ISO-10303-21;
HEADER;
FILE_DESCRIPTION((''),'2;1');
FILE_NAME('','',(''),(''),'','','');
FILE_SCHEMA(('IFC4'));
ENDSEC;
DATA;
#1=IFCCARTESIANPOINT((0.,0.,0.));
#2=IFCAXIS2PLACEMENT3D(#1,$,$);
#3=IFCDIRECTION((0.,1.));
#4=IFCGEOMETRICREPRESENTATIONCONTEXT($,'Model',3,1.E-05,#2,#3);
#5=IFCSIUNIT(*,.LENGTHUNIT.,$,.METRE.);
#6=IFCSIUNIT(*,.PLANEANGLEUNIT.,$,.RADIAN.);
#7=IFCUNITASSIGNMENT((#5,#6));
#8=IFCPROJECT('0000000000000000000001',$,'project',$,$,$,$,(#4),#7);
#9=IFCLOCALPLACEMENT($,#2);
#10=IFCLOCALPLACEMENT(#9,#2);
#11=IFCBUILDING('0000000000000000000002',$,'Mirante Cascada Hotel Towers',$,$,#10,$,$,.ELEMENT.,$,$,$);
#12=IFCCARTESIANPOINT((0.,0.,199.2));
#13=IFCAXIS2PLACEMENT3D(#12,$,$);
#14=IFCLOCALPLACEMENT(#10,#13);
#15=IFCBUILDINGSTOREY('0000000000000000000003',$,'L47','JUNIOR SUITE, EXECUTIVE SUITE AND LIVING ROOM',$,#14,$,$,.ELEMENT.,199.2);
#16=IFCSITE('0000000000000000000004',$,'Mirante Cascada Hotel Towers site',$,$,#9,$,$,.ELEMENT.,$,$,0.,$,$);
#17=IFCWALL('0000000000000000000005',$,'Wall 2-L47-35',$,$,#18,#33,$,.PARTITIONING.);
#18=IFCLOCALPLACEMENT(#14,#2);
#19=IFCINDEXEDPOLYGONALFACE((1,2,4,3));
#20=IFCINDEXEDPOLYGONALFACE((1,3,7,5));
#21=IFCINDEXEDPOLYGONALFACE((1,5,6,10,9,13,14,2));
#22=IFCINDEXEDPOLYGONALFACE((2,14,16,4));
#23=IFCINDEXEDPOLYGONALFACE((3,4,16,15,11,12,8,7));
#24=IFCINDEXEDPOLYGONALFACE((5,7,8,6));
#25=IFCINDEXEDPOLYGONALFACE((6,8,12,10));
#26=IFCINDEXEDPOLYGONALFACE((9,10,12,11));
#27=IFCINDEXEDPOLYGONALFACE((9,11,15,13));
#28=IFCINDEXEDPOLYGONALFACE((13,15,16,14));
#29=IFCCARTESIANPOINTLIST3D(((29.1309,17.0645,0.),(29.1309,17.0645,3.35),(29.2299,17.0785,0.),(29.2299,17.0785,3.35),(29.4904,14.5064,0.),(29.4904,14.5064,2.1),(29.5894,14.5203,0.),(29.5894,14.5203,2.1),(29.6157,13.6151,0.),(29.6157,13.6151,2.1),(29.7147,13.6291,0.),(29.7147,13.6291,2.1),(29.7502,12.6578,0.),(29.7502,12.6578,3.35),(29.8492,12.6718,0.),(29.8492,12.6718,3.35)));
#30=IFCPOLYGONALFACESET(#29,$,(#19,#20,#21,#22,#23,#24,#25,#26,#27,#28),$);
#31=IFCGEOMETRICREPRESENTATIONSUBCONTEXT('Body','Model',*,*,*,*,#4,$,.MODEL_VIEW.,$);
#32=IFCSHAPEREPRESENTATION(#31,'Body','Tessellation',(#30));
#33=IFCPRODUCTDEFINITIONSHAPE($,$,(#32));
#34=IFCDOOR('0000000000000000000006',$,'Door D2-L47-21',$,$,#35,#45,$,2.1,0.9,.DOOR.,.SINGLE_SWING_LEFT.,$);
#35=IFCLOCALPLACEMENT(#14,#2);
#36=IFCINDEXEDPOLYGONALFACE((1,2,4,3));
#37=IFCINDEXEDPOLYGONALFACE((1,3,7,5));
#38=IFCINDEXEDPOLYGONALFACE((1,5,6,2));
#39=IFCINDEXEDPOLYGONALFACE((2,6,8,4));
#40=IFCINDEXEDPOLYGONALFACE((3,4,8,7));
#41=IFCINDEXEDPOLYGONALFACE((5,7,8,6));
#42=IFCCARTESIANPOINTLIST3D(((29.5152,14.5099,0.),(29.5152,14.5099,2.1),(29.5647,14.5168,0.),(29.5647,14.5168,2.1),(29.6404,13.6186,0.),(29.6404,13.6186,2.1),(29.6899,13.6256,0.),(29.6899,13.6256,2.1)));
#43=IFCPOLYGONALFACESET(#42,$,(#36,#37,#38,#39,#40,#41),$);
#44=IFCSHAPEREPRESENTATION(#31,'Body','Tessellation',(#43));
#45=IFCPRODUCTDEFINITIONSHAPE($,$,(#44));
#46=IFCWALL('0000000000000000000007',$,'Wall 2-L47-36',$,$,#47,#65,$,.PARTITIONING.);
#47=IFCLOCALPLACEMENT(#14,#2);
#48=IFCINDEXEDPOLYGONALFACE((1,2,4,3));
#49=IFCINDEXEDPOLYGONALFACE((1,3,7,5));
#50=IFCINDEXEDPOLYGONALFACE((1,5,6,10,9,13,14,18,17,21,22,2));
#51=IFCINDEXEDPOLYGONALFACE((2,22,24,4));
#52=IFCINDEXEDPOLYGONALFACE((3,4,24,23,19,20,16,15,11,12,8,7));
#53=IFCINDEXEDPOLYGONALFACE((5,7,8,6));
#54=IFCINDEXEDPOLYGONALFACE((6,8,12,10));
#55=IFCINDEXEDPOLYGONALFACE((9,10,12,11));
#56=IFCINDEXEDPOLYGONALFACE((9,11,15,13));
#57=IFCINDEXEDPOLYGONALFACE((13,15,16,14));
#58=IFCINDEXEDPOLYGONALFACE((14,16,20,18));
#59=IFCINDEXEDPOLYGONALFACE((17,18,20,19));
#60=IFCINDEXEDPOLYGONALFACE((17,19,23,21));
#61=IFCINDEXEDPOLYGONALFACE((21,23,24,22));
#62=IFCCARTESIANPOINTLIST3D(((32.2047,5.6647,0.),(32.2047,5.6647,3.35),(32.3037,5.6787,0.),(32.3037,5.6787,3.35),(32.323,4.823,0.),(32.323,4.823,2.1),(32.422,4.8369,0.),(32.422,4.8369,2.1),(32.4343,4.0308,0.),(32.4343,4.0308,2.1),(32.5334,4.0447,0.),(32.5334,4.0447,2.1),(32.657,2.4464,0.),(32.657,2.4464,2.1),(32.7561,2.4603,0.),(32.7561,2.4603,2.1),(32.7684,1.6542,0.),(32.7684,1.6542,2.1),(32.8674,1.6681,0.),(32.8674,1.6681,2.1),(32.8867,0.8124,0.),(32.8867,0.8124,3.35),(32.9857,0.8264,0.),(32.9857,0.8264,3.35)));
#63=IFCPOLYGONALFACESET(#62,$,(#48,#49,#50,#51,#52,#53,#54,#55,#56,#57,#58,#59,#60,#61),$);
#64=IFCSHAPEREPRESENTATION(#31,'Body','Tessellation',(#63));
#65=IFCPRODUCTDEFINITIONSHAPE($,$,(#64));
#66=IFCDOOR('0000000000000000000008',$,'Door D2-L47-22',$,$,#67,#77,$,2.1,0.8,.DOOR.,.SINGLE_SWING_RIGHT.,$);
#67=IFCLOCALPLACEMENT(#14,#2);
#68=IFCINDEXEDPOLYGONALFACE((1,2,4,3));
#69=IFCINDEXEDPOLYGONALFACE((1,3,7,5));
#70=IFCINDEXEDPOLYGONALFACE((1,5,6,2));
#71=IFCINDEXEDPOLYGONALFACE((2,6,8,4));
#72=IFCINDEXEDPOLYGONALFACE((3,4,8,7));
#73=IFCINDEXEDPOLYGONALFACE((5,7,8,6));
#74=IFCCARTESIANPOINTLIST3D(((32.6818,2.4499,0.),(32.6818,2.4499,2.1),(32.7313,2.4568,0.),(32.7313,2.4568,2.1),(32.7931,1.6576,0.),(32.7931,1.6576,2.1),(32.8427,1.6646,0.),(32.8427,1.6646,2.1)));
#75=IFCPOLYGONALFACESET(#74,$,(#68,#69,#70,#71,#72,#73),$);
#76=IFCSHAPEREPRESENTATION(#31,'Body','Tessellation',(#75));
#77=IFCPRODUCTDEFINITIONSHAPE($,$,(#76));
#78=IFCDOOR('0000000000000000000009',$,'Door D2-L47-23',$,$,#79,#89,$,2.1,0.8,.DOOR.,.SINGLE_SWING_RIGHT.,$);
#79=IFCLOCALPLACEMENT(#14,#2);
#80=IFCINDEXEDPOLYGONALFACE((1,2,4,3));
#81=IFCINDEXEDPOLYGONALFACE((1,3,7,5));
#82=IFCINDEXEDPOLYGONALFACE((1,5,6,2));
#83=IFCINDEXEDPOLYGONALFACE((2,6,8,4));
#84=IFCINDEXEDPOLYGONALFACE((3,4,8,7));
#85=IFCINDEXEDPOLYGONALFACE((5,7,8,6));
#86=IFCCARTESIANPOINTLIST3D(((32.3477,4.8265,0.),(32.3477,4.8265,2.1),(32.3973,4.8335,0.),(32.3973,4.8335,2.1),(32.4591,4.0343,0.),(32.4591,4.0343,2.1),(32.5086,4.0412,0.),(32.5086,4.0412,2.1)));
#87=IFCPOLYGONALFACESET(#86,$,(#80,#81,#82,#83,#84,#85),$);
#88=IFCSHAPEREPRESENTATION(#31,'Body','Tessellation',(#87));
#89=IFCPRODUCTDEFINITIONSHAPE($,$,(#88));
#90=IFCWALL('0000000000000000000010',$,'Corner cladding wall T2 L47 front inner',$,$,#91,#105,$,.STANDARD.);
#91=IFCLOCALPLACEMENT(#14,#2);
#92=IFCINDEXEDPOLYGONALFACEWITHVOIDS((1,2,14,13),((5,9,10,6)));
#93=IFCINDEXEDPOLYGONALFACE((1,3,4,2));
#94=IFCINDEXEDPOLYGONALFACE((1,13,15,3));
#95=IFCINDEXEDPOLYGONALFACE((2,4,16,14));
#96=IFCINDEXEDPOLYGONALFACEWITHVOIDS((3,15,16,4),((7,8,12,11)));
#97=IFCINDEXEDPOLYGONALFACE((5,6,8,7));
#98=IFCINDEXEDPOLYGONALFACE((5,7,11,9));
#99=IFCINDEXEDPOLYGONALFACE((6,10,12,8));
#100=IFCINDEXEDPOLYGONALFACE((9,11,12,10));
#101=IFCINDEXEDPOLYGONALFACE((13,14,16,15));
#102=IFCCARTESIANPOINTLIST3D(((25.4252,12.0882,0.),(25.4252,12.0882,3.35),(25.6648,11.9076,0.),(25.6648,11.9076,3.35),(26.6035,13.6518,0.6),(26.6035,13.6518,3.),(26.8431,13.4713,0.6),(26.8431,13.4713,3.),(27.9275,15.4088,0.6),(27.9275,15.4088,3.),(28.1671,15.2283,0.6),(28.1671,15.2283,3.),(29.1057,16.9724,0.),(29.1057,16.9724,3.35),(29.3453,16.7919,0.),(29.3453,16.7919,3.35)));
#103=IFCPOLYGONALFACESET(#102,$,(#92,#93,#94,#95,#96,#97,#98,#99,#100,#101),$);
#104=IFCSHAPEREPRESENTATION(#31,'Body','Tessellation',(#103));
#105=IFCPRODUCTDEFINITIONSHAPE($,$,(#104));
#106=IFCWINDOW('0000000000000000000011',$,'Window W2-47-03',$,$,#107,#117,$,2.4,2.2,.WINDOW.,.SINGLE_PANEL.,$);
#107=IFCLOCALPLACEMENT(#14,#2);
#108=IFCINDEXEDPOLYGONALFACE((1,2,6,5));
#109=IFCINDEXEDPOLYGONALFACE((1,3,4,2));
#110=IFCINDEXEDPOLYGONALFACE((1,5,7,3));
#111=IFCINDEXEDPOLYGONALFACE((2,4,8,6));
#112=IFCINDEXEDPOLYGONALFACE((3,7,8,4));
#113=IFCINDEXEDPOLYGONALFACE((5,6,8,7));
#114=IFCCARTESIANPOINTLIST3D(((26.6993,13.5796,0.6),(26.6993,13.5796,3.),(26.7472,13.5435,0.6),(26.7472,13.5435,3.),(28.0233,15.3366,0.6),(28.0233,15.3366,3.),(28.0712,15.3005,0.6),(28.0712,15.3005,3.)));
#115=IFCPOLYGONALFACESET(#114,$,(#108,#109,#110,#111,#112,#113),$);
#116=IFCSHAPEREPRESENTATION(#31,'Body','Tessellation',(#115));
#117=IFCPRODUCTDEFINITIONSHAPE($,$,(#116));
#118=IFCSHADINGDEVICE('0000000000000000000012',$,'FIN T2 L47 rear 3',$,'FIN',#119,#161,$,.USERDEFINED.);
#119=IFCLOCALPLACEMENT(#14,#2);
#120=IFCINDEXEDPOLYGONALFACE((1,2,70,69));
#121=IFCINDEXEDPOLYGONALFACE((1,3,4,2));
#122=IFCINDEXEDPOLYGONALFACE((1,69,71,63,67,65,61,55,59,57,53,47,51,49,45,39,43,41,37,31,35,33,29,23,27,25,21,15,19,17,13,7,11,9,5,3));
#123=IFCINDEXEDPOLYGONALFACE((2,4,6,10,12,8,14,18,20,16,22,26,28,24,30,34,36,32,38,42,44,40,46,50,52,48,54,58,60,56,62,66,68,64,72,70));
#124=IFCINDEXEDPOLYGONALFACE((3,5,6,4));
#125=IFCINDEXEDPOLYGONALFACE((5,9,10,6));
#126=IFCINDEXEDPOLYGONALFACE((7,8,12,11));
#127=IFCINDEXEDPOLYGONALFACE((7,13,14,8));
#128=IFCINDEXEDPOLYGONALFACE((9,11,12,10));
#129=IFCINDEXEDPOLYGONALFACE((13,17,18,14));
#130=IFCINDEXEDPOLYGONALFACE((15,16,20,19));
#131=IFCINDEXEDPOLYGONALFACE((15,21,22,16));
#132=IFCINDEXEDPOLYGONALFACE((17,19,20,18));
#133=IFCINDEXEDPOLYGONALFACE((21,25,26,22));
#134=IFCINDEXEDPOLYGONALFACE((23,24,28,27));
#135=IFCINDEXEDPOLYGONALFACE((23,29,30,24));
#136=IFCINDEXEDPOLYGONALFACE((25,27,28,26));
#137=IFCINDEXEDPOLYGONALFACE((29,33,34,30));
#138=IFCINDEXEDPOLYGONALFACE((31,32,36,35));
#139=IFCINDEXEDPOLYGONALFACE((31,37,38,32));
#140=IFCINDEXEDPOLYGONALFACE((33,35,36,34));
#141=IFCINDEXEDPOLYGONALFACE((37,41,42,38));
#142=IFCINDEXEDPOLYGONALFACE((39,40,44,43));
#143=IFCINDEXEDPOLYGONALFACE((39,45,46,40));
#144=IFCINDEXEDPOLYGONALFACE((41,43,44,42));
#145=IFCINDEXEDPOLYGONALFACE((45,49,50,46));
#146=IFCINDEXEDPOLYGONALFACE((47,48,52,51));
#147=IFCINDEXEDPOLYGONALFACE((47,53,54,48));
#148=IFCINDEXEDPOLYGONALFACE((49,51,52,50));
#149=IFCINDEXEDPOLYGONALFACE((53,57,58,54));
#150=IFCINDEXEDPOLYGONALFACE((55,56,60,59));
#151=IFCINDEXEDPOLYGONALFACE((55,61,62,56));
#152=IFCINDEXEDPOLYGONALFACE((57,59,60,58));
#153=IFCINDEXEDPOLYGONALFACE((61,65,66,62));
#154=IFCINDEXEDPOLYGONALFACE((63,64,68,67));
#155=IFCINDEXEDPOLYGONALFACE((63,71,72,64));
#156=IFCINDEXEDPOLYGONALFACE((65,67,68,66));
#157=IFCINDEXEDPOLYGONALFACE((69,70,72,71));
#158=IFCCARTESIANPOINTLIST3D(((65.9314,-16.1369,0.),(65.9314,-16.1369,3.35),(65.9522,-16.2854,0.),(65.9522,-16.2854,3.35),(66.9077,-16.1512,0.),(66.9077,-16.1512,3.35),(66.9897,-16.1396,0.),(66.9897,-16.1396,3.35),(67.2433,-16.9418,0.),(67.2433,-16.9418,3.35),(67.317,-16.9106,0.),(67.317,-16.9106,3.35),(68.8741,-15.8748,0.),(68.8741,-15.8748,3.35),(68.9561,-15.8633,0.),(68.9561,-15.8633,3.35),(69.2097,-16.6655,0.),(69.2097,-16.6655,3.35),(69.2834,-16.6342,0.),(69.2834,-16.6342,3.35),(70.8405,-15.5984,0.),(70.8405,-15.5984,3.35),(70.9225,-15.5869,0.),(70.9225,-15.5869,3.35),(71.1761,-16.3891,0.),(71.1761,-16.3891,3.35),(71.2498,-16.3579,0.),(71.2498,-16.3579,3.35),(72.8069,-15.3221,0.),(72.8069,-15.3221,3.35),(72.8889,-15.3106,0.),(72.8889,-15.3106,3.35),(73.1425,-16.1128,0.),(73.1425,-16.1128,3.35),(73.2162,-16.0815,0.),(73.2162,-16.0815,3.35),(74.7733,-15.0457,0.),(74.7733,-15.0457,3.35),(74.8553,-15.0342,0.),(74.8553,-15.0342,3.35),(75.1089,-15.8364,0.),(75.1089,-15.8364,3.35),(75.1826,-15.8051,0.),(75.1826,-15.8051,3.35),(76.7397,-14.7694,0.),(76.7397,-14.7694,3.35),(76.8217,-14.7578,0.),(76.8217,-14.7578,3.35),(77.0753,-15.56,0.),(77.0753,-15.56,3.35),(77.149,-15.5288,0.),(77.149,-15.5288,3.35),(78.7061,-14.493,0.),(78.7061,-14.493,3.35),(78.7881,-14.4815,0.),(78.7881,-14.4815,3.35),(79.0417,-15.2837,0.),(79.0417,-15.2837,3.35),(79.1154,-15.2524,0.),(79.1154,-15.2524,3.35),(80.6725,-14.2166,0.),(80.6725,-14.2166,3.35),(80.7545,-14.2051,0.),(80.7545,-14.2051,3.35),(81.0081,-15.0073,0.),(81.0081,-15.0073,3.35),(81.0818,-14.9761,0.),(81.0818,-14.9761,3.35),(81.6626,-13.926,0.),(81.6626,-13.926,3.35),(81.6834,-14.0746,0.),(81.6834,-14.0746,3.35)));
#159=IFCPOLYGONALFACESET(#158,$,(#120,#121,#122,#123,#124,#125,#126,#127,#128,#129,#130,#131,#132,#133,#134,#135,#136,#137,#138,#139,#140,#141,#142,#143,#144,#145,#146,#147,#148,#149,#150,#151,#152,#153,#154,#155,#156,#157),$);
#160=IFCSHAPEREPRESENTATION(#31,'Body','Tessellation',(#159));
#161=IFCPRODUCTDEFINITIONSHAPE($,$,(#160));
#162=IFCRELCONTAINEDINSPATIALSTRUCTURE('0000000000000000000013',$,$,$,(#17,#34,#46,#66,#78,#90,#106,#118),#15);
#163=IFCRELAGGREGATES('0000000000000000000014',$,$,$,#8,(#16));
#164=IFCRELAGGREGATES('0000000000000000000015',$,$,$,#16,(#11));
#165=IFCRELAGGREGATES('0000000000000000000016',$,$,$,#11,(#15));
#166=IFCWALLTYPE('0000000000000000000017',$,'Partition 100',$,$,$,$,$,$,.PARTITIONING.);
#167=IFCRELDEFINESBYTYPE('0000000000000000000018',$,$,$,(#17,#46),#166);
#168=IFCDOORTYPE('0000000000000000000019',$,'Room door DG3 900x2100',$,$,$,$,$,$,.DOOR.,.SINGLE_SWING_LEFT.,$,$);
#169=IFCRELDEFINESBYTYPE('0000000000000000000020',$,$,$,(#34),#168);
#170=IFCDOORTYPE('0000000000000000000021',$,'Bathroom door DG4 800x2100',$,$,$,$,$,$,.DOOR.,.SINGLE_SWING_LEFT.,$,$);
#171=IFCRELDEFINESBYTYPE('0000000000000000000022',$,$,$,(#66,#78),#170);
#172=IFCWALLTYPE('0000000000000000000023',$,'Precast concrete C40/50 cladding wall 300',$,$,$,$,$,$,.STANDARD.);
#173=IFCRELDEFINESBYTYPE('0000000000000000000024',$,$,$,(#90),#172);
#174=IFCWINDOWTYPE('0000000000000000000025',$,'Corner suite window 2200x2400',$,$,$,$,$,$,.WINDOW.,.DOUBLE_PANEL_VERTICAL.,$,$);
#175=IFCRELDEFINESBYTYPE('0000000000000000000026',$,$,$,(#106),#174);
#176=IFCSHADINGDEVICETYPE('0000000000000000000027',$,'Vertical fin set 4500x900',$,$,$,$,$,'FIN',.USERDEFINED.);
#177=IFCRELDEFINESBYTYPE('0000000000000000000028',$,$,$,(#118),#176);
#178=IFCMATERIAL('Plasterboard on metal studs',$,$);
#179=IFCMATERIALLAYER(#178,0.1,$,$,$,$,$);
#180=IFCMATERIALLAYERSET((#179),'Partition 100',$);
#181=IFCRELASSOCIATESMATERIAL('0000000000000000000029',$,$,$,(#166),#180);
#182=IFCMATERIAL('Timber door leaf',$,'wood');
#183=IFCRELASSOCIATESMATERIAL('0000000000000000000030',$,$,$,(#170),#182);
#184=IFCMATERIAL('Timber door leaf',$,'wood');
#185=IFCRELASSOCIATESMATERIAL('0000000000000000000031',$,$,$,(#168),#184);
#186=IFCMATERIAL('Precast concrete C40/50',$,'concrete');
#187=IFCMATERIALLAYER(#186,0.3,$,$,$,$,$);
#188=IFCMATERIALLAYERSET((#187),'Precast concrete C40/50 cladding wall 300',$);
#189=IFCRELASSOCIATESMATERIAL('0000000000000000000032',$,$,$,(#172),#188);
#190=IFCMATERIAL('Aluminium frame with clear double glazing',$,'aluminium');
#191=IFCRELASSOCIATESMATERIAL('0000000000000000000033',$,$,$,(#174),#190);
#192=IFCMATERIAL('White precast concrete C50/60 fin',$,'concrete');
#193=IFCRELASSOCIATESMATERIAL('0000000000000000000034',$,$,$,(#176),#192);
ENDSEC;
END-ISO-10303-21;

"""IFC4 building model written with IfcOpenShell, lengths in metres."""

from ifc_helpers import new_model, si_unit, direction, frame, frame_2d, origin, place, context, subcontext, project, spatial, polyline, rectangle, outline, extrude, material, layer, layer_set, type_object, element, fill, save


model = new_model("IFC4")

# Units and contexts
model_context = context("Model", 3, precision=1e-05, world=origin(), true_north=direction((0.0, 1.0)))
body_context = subcontext(model_context, "Body", "Model", "MODEL_VIEW")
ifc_project = project(units=[si_unit("LENGTHUNIT", "METRE"), si_unit("PLANEANGLEUNIT", "RADIAN")], contexts=[model_context])

# Site, building, storey
site_placement = place(None, origin())
site = spatial("IfcSite", under=ifc_project, at=site_placement, Name="Mirante Cascada Hotel Towers site", CompositionType="ELEMENT", RefElevation=0.0)
building_placement = place(site_placement, origin())
building = spatial("IfcBuilding", under=site, at=building_placement, Name="Mirante Cascada Hotel Towers", CompositionType="ELEMENT")
storey_placement = place(building_placement, frame((0.0, 0.0, 199.2)))
storey = spatial("IfcBuildingStorey", under=building, at=storey_placement, Name="L47", Description="JUNIOR SUITE, EXECUTIVE SUITE AND LIVING ROOM", CompositionType="ELEMENT", Elevation=199.2)

# Shared definitions
ifc_material_1 = material(Name="Plasterboard on metal studs")
ifc_layer_1 = layer(ifc_material_1, 0.1)
ifc_layer_set_1 = layer_set([ifc_layer_1], Name="Partition 100")
wall_type_1 = type_object("IfcWallType", Name="Partition 100", PredefinedType="PARTITIONING", material=ifc_layer_set_1)

# Shared definitions
ifc_material_2 = material(Name="Timber door leaf", Category="wood")
door_type_1 = type_object("IfcDoorType", Name="Bathroom door DG4 800x2100", OperationType="SINGLE_SWING_LEFT", PredefinedType="DOOR", material=ifc_material_2)

# Wall, opening, door
wall_1_placement = place(storey_placement, frame((29.1804, 17.0715, 0.0), z_axis=(0.0, 0.0, 1.0), x_axis=(0.139168, -0.990269, 0.0)))
wall_1 = element("IfcWall", 1, at=wall_1_placement, inside=storey, type_object=wall_type_1, Name="Wall 2-L47-35", PredefinedType="PARTITIONING", context=body_context, shape_type="SweptSolid", body=[
    extrude(rectangle(XDim=4.45, YDim=0.1, at=frame_2d((2.225, 0.0))), origin(), (0.0, 0.0, 1.0), 3.35),
])
opening_1_placement = place(wall_1_placement, frame((2.5833, 0.0, 0.0)))
opening_1 = element("IfcOpeningElement", 2, at=opening_1_placement, cuts=wall_1, PredefinedType="OPENING", context=body_context, shape_type="SweptSolid", body=[
    extrude(rectangle(XDim=0.9, YDim=2.1, at=frame_2d((0.45, 1.05))), frame((0.0, 0.05, 0.0), z_axis=(0.0, -1.0, 0.0), x_axis=(1.0, 0.0, 0.0)), (0.0, 0.0, 1.0), 0.1),
])
ifc_material_3 = material(Name="Timber door leaf", Category="wood")
door_type_2 = type_object("IfcDoorType", Name="Room door DG3 900x2100", OperationType="SINGLE_SWING_LEFT", PredefinedType="DOOR", material=ifc_material_3)
door_1_placement = place(opening_1_placement, origin())
door_1 = element("IfcDoor", 3, at=door_1_placement, inside=storey, type_object=door_type_2, Name="Door D2-L47-21", OperationType="SINGLE_SWING_LEFT", OverallHeight=2.1, OverallWidth=0.9, PredefinedType="DOOR", context=body_context, shape_type="SweptSolid", body=[
    extrude(rectangle(XDim=0.9, YDim=2.1, at=frame_2d((0.45, 1.05))), frame((0.0, 0.025, 0.0), z_axis=(0.0, -1.0, 0.0), x_axis=(1.0, 0.0, 0.0)), (0.0, 0.0, 1.0), 0.05),
])
fill(opening_1, door_1)

# Wall, openings, doors
wall_2_placement = place(storey_placement, frame((32.9362, 0.8194, 0.0), z_axis=(0.0, 0.0, 1.0), x_axis=(-0.139184, 0.990267, 0.0)))
wall_2 = element("IfcWall", 4, at=wall_2_placement, inside=storey, type_object=wall_type_1, Name="Wall 2-L47-36", PredefinedType="PARTITIONING", context=body_context, shape_type="SweptSolid", body=[
    extrude(rectangle(XDim=4.9, YDim=0.1, at=frame_2d((2.45, 0.0))), origin(), (0.0, 0.0, 1.0), 3.35),
])
opening_2_placement = place(wall_2_placement, frame((0.85, 0.0, 0.0)))
opening_2 = element("IfcOpeningElement", 5, at=opening_2_placement, cuts=wall_2, PredefinedType="OPENING", context=body_context, shape_type="SweptSolid", body=[
    extrude(rectangle(XDim=0.8, YDim=2.1, at=frame_2d((0.4, 1.05))), frame((0.0, 0.05, 0.0), z_axis=(0.0, -1.0, 0.0), x_axis=(1.0, 0.0, 0.0)), (0.0, 0.0, 1.0), 0.1),
])
opening_3_placement = place(wall_2_placement, frame((3.25, 0.0, 0.0)))
opening_3 = element("IfcOpeningElement", 6, at=opening_3_placement, cuts=wall_2, PredefinedType="OPENING", context=body_context, shape_type="SweptSolid", body=[
    extrude(rectangle(XDim=0.8, YDim=2.1, at=frame_2d((0.4, 1.05))), frame((0.0, 0.05, 0.0), z_axis=(0.0, -1.0, 0.0), x_axis=(1.0, 0.0, 0.0)), (0.0, 0.0, 1.0), 0.1),
])
door_2_placement = place(opening_2_placement, frame((0.8, 0.0, 0.0), z_axis=(0.0, 0.0, 1.0), x_axis=(-1.0, 0.0, 0.0)))
door_2 = element("IfcDoor", 7, at=door_2_placement, inside=storey, type_object=door_type_1, Name="Door D2-L47-22", OperationType="SINGLE_SWING_RIGHT", OverallHeight=2.1, OverallWidth=0.8, PredefinedType="DOOR", context=body_context, shape_type="SweptSolid", body=[
    extrude(rectangle(XDim=0.8, YDim=2.1, at=frame_2d((0.4, 1.05))), frame((0.0, 0.025, 0.0), z_axis=(0.0, -1.0, 0.0), x_axis=(1.0, 0.0, 0.0)), (0.0, 0.0, 1.0), 0.05),
])
fill(opening_2, door_2)
door_3_placement = place(opening_3_placement, frame((0.8, 0.0, 0.0), z_axis=(0.0, 0.0, 1.0), x_axis=(-1.0, 0.0, 0.0)))
door_3 = element("IfcDoor", 8, at=door_3_placement, inside=storey, type_object=door_type_1, Name="Door D2-L47-23", OperationType="SINGLE_SWING_RIGHT", OverallHeight=2.1, OverallWidth=0.8, PredefinedType="DOOR", context=body_context, shape_type="SweptSolid", body=[
    extrude(rectangle(XDim=0.8, YDim=2.1, at=frame_2d((0.4, 1.05))), frame((0.0, 0.025, 0.0), z_axis=(0.0, -1.0, 0.0), x_axis=(1.0, 0.0, 0.0)), (0.0, 0.0, 1.0), 0.05),
])
fill(opening_3, door_3)

# Wall, opening, window
ifc_material_4 = material(Name="Precast concrete C40/50", Category="concrete")
ifc_layer_2 = layer(ifc_material_4, 0.3)
ifc_layer_set_2 = layer_set([ifc_layer_2], Name="Precast concrete C40/50 cladding wall 300")
wall_type_2 = type_object("IfcWallType", Name="Precast concrete C40/50 cladding wall 300", PredefinedType="STANDARD", material=ifc_layer_set_2)
wall_3_placement = place(storey_placement, frame((29.2255, 16.8821, 0.0), z_axis=(0.0, 0.0, 1.0), x_axis=(-0.601814, -0.798636, 0.0)))
wall_3 = element("IfcWall", 9, at=wall_3_placement, inside=storey, type_object=wall_type_2, Name="Corner cladding wall T2 L47 front inner", PredefinedType="STANDARD", context=body_context, shape_type="SweptSolid", body=[
    extrude(rectangle(XDim=6.1157, YDim=0.3, at=frame_2d((3.0578, 0.0))), origin(), (0.0, 0.0, 1.0), 3.35),
])
opening_4_placement = place(wall_3_placement, frame((1.9578, 0.0, 0.6)))
opening_4 = element("IfcOpeningElement", 10, at=opening_4_placement, cuts=wall_3, PredefinedType="OPENING", context=body_context, shape_type="SweptSolid", body=[
    extrude(rectangle(XDim=2.2, YDim=2.4, at=frame_2d((1.1, 1.2))), frame((0.0, 0.15, 0.0), z_axis=(0.0, -1.0, 0.0), x_axis=(1.0, 0.0, 0.0)), (0.0, 0.0, 1.0), 0.3),
])
ifc_material_5 = material(Name="Aluminium frame with clear double glazing", Category="aluminium")
window_type = type_object("IfcWindowType", Name="Corner suite window 2200x2400", PartitioningType="DOUBLE_PANEL_VERTICAL", PredefinedType="WINDOW", material=ifc_material_5)
window_placement = place(opening_4_placement, origin())
window = element("IfcWindow", 11, at=window_placement, inside=storey, type_object=window_type, Name="Window W2-47-03", OverallHeight=2.4, OverallWidth=2.2, PartitioningType="SINGLE_PANEL", PredefinedType="WINDOW", context=body_context, shape_type="SweptSolid", body=[
    extrude(rectangle(XDim=2.2, YDim=2.4, at=frame_2d((1.1, 1.2))), frame((0.0, 0.03, 0.0), z_axis=(0.0, -1.0, 0.0), x_axis=(1.0, 0.0, 0.0)), (0.0, 0.0, 1.0), 0.06),
])
fill(opening_4, window)

# Shading device
ifc_material_6 = material(Name="White precast concrete C50/60 fin", Category="concrete")
shading_device_type = type_object("IfcShadingDeviceType", Name="Vertical fin set 4500x900", ElementType="FIN", PredefinedType="USERDEFINED", material=ifc_material_6)
shading_device_placement = place(storey_placement, origin())
element("IfcShadingDevice", 12, at=shading_device_placement, inside=storey, type_object=shading_device_type, Name="FIN T2 L47 rear 3", ObjectType="FIN", PredefinedType="USERDEFINED", context=body_context, shape_type="SweptSolid", body=[
    extrude(outline(polyline([(67.2433, -16.9418), (66.9077, -16.1512), (65.9522, -16.2854), (65.9314, -16.1369), (81.6626, -13.926), (81.6834, -14.0746), (80.7545, -14.2051), (81.0818, -14.9761), (81.0081, -15.0073), (80.6725, -14.2166), (78.7881, -14.4815), (79.1154, -15.2524), (79.0417, -15.2837), (78.7061, -14.493), (76.8217, -14.7578), (77.149, -15.5288), (77.0753, -15.56), (76.7397, -14.7694), (74.8553, -15.0342), (75.1826, -15.8051), (75.1089, -15.8364), (74.7733, -15.0457), (72.8889, -15.3106), (73.2162, -16.0815), (73.1425, -16.1128), (72.8069, -15.3221), (70.9225, -15.5869), (71.2498, -16.3579), (71.1761, -16.3891), (70.8405, -15.5984), (68.9561, -15.8633), (69.2834, -16.6342), (69.2097, -16.6655), (68.8741, -15.8748), (66.9897, -16.1396), (67.317, -16.9106), (67.2433, -16.9418)])), origin(), (0.0, 0.0, 1.0), 3.35),
])

save(model, "model.ifc")
